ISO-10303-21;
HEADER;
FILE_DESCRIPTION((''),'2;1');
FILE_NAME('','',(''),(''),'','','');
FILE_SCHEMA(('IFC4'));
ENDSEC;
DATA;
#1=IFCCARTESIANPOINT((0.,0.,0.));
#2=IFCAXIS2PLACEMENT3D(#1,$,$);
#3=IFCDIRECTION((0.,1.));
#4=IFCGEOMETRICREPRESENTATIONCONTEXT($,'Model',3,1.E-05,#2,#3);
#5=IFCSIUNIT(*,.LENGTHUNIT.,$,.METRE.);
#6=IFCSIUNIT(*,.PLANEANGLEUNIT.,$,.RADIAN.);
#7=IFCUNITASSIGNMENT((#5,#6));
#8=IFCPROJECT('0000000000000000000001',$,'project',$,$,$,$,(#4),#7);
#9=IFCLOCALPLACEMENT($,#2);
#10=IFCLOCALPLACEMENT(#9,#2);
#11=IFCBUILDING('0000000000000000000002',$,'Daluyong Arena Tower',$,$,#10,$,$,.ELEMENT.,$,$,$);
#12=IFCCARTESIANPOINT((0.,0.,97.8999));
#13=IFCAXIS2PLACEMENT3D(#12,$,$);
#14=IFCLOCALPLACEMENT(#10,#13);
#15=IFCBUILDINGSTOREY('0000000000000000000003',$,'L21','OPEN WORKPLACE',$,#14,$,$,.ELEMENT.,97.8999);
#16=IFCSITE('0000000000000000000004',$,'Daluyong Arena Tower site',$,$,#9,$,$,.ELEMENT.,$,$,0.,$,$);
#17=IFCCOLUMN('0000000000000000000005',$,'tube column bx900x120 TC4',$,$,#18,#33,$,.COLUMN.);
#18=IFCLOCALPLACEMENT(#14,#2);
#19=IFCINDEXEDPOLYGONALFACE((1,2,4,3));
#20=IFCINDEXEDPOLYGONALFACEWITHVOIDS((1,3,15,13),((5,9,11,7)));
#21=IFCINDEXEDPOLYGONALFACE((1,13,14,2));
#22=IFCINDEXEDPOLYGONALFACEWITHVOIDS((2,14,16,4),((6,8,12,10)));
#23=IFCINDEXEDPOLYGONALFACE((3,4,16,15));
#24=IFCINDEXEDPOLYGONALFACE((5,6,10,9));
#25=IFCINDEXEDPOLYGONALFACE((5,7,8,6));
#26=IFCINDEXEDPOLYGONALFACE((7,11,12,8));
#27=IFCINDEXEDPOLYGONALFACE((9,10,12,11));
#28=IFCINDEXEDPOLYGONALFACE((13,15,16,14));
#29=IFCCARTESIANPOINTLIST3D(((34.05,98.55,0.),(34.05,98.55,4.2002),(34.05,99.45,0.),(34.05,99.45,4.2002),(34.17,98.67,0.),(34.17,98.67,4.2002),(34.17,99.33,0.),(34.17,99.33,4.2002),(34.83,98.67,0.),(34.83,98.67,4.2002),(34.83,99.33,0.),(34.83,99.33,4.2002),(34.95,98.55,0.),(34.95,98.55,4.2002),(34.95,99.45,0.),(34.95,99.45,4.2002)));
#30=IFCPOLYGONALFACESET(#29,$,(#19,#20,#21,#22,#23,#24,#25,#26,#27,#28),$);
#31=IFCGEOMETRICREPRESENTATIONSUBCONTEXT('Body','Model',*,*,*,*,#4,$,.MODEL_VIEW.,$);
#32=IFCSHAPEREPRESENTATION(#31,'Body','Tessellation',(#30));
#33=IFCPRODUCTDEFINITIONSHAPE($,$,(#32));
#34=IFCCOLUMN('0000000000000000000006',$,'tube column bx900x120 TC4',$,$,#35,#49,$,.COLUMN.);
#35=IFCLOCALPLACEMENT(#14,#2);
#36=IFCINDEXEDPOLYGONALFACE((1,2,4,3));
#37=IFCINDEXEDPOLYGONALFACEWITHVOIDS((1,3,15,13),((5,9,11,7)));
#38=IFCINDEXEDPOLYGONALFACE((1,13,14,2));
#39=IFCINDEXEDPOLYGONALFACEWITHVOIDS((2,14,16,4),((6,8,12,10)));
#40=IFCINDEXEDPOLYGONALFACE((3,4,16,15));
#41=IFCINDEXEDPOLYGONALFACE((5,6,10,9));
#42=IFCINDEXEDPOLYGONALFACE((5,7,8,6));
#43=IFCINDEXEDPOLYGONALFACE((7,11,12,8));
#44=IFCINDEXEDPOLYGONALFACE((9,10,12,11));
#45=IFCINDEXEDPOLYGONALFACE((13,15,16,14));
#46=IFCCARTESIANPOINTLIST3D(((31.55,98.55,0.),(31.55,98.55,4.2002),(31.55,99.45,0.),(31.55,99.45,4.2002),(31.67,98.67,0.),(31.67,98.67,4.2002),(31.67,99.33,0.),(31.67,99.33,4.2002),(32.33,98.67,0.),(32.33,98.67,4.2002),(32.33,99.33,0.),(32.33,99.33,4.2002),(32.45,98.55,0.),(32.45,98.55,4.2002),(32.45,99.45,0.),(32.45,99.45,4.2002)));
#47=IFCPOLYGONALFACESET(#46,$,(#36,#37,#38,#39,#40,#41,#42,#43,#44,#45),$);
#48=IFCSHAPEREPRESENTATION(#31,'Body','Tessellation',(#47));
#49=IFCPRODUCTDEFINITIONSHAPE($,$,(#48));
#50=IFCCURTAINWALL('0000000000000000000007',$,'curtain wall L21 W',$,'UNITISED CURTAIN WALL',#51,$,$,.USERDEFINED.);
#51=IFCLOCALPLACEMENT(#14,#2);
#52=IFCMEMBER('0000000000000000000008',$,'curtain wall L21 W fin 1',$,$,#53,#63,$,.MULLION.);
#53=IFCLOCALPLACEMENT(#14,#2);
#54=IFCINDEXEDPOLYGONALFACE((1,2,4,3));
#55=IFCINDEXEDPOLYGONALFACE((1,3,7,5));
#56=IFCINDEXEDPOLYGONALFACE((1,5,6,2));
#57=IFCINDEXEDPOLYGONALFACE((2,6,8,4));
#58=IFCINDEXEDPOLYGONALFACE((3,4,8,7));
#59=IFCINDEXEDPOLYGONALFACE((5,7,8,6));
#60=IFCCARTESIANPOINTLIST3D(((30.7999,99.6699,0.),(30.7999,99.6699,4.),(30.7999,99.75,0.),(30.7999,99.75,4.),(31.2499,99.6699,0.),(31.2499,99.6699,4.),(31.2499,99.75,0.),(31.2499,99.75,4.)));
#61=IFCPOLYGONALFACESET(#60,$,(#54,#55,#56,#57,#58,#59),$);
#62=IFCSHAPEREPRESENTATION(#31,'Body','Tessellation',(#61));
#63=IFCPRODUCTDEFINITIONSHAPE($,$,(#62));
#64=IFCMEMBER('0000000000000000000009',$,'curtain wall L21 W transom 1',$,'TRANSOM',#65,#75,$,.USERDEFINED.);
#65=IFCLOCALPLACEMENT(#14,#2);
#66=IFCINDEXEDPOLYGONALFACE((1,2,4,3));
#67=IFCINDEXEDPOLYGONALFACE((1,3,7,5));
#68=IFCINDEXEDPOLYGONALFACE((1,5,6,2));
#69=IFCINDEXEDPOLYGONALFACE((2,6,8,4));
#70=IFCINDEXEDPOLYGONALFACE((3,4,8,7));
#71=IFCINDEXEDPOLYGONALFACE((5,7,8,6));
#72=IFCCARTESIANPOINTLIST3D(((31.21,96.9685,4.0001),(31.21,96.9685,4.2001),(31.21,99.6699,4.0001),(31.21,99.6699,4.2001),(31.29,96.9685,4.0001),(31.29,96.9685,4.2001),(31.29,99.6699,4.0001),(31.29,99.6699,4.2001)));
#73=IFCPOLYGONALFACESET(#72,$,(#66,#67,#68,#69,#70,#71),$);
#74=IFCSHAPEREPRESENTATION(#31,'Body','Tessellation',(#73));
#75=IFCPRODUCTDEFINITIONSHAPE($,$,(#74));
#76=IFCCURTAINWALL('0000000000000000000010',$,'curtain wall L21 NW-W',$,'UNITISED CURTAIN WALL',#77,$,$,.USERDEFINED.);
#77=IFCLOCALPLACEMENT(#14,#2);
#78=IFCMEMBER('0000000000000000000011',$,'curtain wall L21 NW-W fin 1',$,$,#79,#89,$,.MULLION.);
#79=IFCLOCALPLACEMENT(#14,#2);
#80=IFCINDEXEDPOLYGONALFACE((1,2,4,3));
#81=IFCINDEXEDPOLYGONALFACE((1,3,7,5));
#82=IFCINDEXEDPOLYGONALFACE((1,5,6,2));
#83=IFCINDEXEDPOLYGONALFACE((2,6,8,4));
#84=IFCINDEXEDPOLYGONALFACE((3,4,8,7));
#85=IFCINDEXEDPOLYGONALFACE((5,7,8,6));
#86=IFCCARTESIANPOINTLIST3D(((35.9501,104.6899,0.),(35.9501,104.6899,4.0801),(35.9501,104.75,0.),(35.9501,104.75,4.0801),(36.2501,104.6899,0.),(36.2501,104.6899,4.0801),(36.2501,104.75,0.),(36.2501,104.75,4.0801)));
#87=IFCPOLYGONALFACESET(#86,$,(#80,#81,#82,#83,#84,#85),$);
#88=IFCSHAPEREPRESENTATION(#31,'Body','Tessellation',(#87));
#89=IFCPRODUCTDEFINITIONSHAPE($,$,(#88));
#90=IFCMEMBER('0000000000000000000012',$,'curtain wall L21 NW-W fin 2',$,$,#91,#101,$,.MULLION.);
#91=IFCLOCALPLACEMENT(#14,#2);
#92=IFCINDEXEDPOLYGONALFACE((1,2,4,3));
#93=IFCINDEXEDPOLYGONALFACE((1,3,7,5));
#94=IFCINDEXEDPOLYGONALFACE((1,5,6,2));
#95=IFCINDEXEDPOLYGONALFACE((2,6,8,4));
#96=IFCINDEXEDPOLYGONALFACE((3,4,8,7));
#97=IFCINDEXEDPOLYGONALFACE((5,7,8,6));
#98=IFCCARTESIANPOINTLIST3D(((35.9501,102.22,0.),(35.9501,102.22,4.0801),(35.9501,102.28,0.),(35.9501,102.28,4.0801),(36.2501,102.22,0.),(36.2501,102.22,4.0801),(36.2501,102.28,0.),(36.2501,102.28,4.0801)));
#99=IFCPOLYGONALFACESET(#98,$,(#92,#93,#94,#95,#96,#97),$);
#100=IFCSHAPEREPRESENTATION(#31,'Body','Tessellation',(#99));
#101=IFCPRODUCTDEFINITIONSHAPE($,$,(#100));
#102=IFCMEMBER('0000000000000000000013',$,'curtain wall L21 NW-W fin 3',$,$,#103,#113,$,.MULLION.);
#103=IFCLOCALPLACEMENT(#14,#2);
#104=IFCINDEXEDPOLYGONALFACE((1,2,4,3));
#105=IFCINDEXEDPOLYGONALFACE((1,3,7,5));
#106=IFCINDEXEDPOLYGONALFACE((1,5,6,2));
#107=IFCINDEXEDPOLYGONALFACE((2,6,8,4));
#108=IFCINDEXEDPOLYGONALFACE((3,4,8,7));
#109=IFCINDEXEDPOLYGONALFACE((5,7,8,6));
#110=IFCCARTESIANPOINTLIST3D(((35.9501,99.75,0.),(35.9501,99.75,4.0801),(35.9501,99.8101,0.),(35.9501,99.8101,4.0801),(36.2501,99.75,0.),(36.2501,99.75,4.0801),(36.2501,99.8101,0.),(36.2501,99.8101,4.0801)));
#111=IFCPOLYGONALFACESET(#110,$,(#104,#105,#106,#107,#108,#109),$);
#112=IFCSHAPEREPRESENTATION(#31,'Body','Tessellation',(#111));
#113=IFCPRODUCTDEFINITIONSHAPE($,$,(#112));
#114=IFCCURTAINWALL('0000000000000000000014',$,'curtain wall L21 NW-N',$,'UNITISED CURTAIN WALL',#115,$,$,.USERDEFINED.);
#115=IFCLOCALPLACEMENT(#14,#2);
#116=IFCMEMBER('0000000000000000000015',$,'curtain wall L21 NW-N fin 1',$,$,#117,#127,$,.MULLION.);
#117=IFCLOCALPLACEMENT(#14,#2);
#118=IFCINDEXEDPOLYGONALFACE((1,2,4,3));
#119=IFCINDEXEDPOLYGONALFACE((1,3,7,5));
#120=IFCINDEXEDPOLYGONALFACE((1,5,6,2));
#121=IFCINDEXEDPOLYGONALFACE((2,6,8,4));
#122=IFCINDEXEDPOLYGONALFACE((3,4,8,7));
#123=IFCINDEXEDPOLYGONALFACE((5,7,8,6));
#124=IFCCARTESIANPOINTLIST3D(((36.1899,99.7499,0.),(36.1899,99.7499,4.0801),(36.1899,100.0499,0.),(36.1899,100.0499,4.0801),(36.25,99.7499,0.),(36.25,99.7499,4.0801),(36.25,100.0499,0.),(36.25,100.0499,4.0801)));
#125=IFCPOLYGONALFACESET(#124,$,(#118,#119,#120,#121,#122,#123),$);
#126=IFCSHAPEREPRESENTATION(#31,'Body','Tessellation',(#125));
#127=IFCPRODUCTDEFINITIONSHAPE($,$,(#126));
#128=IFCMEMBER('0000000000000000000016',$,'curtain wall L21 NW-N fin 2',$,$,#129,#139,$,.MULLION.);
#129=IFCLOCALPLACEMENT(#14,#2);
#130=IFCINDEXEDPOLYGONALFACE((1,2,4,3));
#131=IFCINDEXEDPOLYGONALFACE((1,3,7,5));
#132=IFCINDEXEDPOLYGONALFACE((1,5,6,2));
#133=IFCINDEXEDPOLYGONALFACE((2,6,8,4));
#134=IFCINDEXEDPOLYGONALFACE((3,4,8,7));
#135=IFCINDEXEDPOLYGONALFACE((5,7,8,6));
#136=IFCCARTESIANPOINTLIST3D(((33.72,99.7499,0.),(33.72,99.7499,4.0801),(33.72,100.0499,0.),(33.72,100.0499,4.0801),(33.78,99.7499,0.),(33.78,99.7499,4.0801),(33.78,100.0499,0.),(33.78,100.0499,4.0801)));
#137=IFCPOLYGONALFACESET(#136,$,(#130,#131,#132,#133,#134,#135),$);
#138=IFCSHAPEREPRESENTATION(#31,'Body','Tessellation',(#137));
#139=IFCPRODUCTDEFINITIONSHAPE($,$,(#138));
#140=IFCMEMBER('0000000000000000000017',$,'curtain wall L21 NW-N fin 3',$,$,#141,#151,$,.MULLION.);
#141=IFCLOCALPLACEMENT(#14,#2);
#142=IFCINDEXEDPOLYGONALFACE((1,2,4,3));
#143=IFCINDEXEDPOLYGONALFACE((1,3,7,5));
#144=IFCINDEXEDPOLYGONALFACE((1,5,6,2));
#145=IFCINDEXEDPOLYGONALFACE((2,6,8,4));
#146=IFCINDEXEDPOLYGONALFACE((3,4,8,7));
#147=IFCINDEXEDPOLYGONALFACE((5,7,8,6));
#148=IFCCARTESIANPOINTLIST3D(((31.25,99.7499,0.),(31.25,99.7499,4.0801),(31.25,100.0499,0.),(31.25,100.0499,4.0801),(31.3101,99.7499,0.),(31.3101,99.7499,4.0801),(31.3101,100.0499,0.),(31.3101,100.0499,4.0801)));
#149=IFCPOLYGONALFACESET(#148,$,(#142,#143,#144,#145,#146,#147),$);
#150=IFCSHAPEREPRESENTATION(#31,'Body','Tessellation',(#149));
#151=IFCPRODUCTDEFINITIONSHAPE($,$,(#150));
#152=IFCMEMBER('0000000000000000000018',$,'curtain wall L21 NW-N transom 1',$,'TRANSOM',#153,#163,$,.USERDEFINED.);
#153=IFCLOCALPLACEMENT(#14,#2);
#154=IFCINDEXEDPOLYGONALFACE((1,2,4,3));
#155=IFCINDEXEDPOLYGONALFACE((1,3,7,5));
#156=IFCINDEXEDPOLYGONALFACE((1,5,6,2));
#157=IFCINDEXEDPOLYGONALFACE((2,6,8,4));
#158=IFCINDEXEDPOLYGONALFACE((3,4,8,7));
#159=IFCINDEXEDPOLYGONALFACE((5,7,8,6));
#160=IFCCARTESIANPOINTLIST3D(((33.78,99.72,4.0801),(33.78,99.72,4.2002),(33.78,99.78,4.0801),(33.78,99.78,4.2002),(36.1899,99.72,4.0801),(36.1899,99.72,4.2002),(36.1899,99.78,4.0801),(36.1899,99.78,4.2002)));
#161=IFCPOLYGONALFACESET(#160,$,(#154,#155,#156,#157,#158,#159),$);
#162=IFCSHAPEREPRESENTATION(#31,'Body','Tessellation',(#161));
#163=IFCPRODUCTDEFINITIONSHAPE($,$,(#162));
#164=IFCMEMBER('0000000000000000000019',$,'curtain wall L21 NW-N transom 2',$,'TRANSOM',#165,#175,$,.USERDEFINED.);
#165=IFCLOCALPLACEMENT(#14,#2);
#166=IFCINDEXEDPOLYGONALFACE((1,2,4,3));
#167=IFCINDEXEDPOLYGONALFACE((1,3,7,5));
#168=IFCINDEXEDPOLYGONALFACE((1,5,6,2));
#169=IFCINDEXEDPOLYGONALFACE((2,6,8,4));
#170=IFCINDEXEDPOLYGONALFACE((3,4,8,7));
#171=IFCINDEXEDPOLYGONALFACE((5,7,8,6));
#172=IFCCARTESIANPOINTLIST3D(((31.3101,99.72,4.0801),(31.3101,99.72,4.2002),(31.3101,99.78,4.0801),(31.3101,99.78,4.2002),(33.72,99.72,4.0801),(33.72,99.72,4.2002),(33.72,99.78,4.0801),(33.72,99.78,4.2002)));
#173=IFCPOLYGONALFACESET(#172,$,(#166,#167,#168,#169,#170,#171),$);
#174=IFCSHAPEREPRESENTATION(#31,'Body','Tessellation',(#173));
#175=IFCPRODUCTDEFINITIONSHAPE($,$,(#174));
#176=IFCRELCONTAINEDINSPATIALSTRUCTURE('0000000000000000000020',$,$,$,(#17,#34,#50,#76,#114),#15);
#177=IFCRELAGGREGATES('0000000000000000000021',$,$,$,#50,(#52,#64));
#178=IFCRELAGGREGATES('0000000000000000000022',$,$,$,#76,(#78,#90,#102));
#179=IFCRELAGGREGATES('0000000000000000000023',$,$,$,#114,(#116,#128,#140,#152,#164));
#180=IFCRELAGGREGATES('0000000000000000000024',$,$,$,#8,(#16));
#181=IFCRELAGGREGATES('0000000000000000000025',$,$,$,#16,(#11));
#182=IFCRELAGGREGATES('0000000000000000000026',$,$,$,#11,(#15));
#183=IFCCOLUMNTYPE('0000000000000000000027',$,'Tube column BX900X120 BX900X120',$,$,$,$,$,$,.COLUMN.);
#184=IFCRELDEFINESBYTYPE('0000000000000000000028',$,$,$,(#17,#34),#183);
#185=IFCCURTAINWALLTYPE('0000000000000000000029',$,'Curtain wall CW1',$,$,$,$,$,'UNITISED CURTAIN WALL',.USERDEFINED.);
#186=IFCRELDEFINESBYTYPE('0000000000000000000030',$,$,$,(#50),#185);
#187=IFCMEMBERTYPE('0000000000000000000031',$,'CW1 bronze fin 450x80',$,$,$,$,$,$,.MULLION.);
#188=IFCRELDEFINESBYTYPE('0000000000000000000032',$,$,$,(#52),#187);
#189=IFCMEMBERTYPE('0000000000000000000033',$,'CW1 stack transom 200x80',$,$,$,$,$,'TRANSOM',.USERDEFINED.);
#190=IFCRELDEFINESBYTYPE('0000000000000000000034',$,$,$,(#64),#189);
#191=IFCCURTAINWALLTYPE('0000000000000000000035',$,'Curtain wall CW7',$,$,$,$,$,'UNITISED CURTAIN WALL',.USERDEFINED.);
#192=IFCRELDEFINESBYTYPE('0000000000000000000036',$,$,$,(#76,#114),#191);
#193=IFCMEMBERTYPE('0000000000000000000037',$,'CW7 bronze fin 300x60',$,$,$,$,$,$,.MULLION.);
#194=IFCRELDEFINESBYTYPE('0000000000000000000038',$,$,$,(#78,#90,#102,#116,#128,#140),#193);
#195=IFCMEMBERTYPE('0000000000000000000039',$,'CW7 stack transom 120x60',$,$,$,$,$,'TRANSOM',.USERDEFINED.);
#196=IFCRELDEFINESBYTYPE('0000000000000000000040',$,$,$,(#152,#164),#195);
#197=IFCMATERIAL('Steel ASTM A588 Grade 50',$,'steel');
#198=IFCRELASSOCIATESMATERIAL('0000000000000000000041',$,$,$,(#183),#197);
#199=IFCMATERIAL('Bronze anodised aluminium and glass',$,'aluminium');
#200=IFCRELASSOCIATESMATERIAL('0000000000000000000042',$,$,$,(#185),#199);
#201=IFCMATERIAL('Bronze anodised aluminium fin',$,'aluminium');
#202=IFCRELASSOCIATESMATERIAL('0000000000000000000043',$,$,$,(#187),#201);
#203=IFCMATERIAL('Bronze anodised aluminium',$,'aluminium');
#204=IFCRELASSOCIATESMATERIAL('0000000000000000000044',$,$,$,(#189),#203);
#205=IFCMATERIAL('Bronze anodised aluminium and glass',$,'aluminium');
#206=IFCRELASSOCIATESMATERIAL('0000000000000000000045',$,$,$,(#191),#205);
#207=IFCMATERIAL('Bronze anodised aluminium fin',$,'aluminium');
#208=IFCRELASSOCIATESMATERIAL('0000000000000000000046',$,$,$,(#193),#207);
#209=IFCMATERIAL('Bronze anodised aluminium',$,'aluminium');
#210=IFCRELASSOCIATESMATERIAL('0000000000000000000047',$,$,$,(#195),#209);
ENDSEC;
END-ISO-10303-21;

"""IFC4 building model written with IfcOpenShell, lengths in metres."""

from ifc_helpers import new_model, si_unit, direction, frame, origin, origin_2d, place, context, subcontext, project, spatial, rectangle, hollow_rectangle, extrude, material, material_profile, profile_set, type_object, element, aggregate, save


model = new_model("IFC4")

# Units and contexts
model_context = context("Model", 3, precision=1e-05, world=origin(), true_north=direction((0.0, 1.0)))
body_context = subcontext(model_context, "Body", "Model", "MODEL_VIEW")
ifc_project = project(units=[si_unit("LENGTHUNIT", "METRE"), si_unit("PLANEANGLEUNIT", "RADIAN")], contexts=[model_context])

# Site, building, storey
site_placement = place(None, origin())
site = spatial("IfcSite", under=ifc_project, at=site_placement, Name="Daluyong Arena Tower site", CompositionType="ELEMENT", RefElevation=0.0)
building_placement = place(site_placement, origin())
building = spatial("IfcBuilding", under=site, at=building_placement, Name="Daluyong Arena Tower", CompositionType="ELEMENT")
storey_placement = place(building_placement, frame((0.0, 0.0, 97.8999)))
storey = spatial("IfcBuildingStorey", under=building, at=storey_placement, Name="L21", Description="OPEN WORKPLACE", CompositionType="ELEMENT", Elevation=97.8999)

# Columns
ifc_material_1 = material(Name="Steel ASTM A588 Grade 50", Category="steel")
ifc_material_profile_1 = material_profile(ifc_material_1, hollow_rectangle(XDim=0.8999, YDim=0.8999, WallThickness=0.12, at=origin_2d()))
ifc_profile_set_1 = profile_set([ifc_material_profile_1], Name="Steel ASTM A588 Grade 50")
column_type = type_object("IfcColumnType", Name="Tube column BX900X120 BX900X120", PredefinedType="COLUMN", material=ifc_profile_set_1)
for number, where, z_axis, x_axis, name in (
    (1, (34.5, 99.0, 0.0), (0.0, 0.0, 1.0), (1.0, 0.0, 0.0), "tube column bx900x120 TC4"),
    (2, (32.0, 99.0, 0.0), (0.0, 0.0, 1.0), (0.0, 1.0, 0.0), "tube column bx900x120 TC4"),
):
    element("IfcColumn", number, at=place(storey_placement, frame(where, z_axis=z_axis, x_axis=x_axis)), inside=storey, type_object=column_type, Name=name, PredefinedType="COLUMN", context=body_context, shape_type="SweptSolid", body=[
        extrude(hollow_rectangle(XDim=0.8999, YDim=0.8999, WallThickness=0.12, at=origin_2d()), origin(), (0.0, 0.0, 1.0), 4.2002),
    ])

# Curtain walls, members
ifc_material_2 = material(Name="Bronze anodised aluminium and glass", Category="aluminium")
curtain_wall_type_1 = type_object("IfcCurtainWallType", Name="Curtain wall CW1", ElementType="UNITISED CURTAIN WALL", PredefinedType="USERDEFINED", material=ifc_material_2)
curtain_wall_1_placement = place(storey_placement, origin())
curtain_wall_1 = element("IfcCurtainWall", 3, at=curtain_wall_1_placement, inside=storey, type_object=curtain_wall_type_1, Name="curtain wall L21 W", ObjectType="UNITISED CURTAIN WALL", PredefinedType="USERDEFINED")
ifc_material_3 = material(Name="Bronze anodised aluminium fin", Category="aluminium")
ifc_material_profile_2 = material_profile(ifc_material_3, rectangle(XDim=0.45, YDim=0.0801, at=origin_2d()))
ifc_profile_set_2 = profile_set([ifc_material_profile_2], Name="Bronze anodised aluminium fin")
member_type_1 = type_object("IfcMemberType", Name="CW1 bronze fin 450x80", PredefinedType="MULLION", material=ifc_profile_set_2)
member_1_placement = place(storey_placement, frame((31.0249, 99.71, 0.0), z_axis=(0.0, 0.0, 1.0), x_axis=(1.0, 0.0, 0.0)))
member_1 = element("IfcMember", 4, at=member_1_placement, type_object=member_type_1, Name="curtain wall L21 W fin 1", PredefinedType="MULLION", context=body_context, shape_type="SweptSolid", body=[
    extrude(rectangle(XDim=0.45, YDim=0.0801, at=origin_2d()), origin(), (0.0, 0.0, 1.0), 4.0),
])
ifc_material_4 = material(Name="Bronze anodised aluminium", Category="aluminium")
ifc_material_profile_3 = material_profile(ifc_material_4, rectangle(XDim=0.0801, YDim=0.2, at=origin_2d()))
ifc_profile_set_3 = profile_set([ifc_material_profile_3], Name="Bronze anodised aluminium")
member_type_2 = type_object("IfcMemberType", Name="CW1 stack transom 200x80", ElementType="TRANSOM", PredefinedType="USERDEFINED", material=ifc_profile_set_3)
member_2_placement = place(storey_placement, frame((31.25, 99.6699, 4.1001), z_axis=(0.0, -1.0, 0.0), x_axis=(1.0, 0.0, 0.0)))
member_2 = element("IfcMember", 5, at=member_2_placement, type_object=member_type_2, Name="curtain wall L21 W transom 1", ObjectType="TRANSOM", PredefinedType="USERDEFINED", context=body_context, shape_type="SweptSolid", body=[
    extrude(rectangle(XDim=0.0801, YDim=0.2, at=origin_2d()), origin(), (0.0, 0.0, 1.0), 2.7014),
])
ifc_material_5 = material(Name="Bronze anodised aluminium and glass", Category="aluminium")
curtain_wall_type_2 = type_object("IfcCurtainWallType", Name="Curtain wall CW7", ElementType="UNITISED CURTAIN WALL", PredefinedType="USERDEFINED", material=ifc_material_5)
curtain_wall_2_placement = place(storey_placement, origin())
curtain_wall_2 = element("IfcCurtainWall", 6, at=curtain_wall_2_placement, inside=storey, type_object=curtain_wall_type_2, Name="curtain wall L21 NW-W", ObjectType="UNITISED CURTAIN WALL", PredefinedType="USERDEFINED")
ifc_material_6 = material(Name="Bronze anodised aluminium fin", Category="aluminium")
ifc_material_profile_4 = material_profile(ifc_material_6, rectangle(XDim=0.3, YDim=0.0601, at=origin_2d()))
ifc_profile_set_4 = profile_set([ifc_material_profile_4], Name="Bronze anodised aluminium fin")
member_type_3 = type_object("IfcMemberType", Name="CW7 bronze fin 300x60", PredefinedType="MULLION", material=ifc_profile_set_4)
member_3_placement = place(storey_placement, frame((36.1001, 104.72, 0.0), z_axis=(0.0, 0.0, 1.0), x_axis=(1.0, 0.0, 0.0)))
member_3 = element("IfcMember", 7, at=member_3_placement, type_object=member_type_3, Name="curtain wall L21 NW-W fin 1", PredefinedType="MULLION", context=body_context, shape_type="SweptSolid", body=[
    extrude(rectangle(XDim=0.3, YDim=0.0601, at=origin_2d()), origin(), (0.0, 0.0, 1.0), 4.0801),
])
member_4_placement = place(storey_placement, frame((36.1001, 102.25, 0.0), z_axis=(0.0, 0.0, 1.0), x_axis=(1.0, 0.0, 0.0)))
member_4 = element("IfcMember", 8, at=member_4_placement, type_object=member_type_3, Name="curtain wall L21 NW-W fin 2", PredefinedType="MULLION", context=body_context, shape_type="SweptSolid", body=[
    extrude(rectangle(XDim=0.3, YDim=0.0601, at=origin_2d()), origin(), (0.0, 0.0, 1.0), 4.0801),
])
member_5_placement = place(storey_placement, frame((36.1001, 99.78, 0.0), z_axis=(0.0, 0.0, 1.0), x_axis=(1.0, 0.0, 0.0)))
member_5 = element("IfcMember", 9, at=member_5_placement, type_object=member_type_3, Name="curtain wall L21 NW-W fin 3", PredefinedType="MULLION", context=body_context, shape_type="SweptSolid", body=[
    extrude(rectangle(XDim=0.3, YDim=0.0601, at=origin_2d()), origin(), (0.0, 0.0, 1.0), 4.0801),
])
curtain_wall_3_placement = place(storey_placement, origin())
curtain_wall_3 = element("IfcCurtainWall", 10, at=curtain_wall_3_placement, inside=storey, type_object=curtain_wall_type_2, Name="curtain wall L21 NW-N", ObjectType="UNITISED CURTAIN WALL", PredefinedType="USERDEFINED")
member_6_placement = place(storey_placement, frame((36.22, 99.8999, 0.0), z_axis=(0.0, 0.0, 1.0), x_axis=(0.0, -1.0, 0.0)))
member_6 = element("IfcMember", 11, at=member_6_placement, type_object=member_type_3, Name="curtain wall L21 NW-N fin 1", PredefinedType="MULLION", context=body_context, shape_type="SweptSolid", body=[
    extrude(rectangle(XDim=0.3, YDim=0.0601, at=origin_2d()), origin(), (0.0, 0.0, 1.0), 4.0801),
])
member_7_placement = place(storey_placement, frame((33.75, 99.8999, 0.0), z_axis=(0.0, 0.0, 1.0), x_axis=(0.0, -1.0, 0.0)))
member_7 = element("IfcMember", 12, at=member_7_placement, type_object=member_type_3, Name="curtain wall L21 NW-N fin 2", PredefinedType="MULLION", context=body_context, shape_type="SweptSolid", body=[
    extrude(rectangle(XDim=0.3, YDim=0.0601, at=origin_2d()), origin(), (0.0, 0.0, 1.0), 4.0801),
])
member_8_placement = place(storey_placement, frame((31.28, 99.8999, 0.0), z_axis=(0.0, 0.0, 1.0), x_axis=(0.0, -1.0, 0.0)))
member_8 = element("IfcMember", 13, at=member_8_placement, type_object=member_type_3, Name="curtain wall L21 NW-N fin 3", PredefinedType="MULLION", context=body_context, shape_type="SweptSolid", body=[
    extrude(rectangle(XDim=0.3, YDim=0.0601, at=origin_2d()), origin(), (0.0, 0.0, 1.0), 4.0801),
])
ifc_material_7 = material(Name="Bronze anodised aluminium", Category="aluminium")
ifc_material_profile_5 = material_profile(ifc_material_7, rectangle(XDim=0.0601, YDim=0.1201, at=origin_2d()))
ifc_profile_set_5 = profile_set([ifc_material_profile_5], Name="Bronze anodised aluminium")
member_type_4 = type_object("IfcMemberType", Name="CW7 stack transom 120x60", ElementType="TRANSOM", PredefinedType="USERDEFINED", material=ifc_profile_set_5)
member_9_placement = place(storey_placement, frame((36.1899, 99.75, 4.1401), z_axis=(-1.0, 0.0, 0.0), x_axis=(0.0, -1.0, 0.0)))
member_9 = element("IfcMember", 14, at=member_9_placement, type_object=member_type_4, Name="curtain wall L21 NW-N transom 1", ObjectType="TRANSOM", PredefinedType="USERDEFINED", context=body_context, shape_type="SweptSolid", body=[
    extrude(rectangle(XDim=0.0601, YDim=0.1201, at=origin_2d()), origin(), (0.0, 0.0, 1.0), 2.4099),
])
member_10_placement = place(storey_placement, frame((33.72, 99.75, 4.1401), z_axis=(-1.0, 0.0, 0.0), x_axis=(0.0, -1.0, 0.0)))
member_10 = element("IfcMember", 15, at=member_10_placement, type_object=member_type_4, Name="curtain wall L21 NW-N transom 2", ObjectType="TRANSOM", PredefinedType="USERDEFINED", context=body_context, shape_type="SweptSolid", body=[
    extrude(rectangle(XDim=0.0601, YDim=0.1201, at=origin_2d()), origin(), (0.0, 0.0, 1.0), 2.4099),
])

aggregate(curtain_wall_1, [member_1, member_2])
aggregate(curtain_wall_2, [member_3, member_4, member_5])
aggregate(curtain_wall_3, [member_6, member_7, member_8, member_9, member_10])

save(model, "model.ifc")
